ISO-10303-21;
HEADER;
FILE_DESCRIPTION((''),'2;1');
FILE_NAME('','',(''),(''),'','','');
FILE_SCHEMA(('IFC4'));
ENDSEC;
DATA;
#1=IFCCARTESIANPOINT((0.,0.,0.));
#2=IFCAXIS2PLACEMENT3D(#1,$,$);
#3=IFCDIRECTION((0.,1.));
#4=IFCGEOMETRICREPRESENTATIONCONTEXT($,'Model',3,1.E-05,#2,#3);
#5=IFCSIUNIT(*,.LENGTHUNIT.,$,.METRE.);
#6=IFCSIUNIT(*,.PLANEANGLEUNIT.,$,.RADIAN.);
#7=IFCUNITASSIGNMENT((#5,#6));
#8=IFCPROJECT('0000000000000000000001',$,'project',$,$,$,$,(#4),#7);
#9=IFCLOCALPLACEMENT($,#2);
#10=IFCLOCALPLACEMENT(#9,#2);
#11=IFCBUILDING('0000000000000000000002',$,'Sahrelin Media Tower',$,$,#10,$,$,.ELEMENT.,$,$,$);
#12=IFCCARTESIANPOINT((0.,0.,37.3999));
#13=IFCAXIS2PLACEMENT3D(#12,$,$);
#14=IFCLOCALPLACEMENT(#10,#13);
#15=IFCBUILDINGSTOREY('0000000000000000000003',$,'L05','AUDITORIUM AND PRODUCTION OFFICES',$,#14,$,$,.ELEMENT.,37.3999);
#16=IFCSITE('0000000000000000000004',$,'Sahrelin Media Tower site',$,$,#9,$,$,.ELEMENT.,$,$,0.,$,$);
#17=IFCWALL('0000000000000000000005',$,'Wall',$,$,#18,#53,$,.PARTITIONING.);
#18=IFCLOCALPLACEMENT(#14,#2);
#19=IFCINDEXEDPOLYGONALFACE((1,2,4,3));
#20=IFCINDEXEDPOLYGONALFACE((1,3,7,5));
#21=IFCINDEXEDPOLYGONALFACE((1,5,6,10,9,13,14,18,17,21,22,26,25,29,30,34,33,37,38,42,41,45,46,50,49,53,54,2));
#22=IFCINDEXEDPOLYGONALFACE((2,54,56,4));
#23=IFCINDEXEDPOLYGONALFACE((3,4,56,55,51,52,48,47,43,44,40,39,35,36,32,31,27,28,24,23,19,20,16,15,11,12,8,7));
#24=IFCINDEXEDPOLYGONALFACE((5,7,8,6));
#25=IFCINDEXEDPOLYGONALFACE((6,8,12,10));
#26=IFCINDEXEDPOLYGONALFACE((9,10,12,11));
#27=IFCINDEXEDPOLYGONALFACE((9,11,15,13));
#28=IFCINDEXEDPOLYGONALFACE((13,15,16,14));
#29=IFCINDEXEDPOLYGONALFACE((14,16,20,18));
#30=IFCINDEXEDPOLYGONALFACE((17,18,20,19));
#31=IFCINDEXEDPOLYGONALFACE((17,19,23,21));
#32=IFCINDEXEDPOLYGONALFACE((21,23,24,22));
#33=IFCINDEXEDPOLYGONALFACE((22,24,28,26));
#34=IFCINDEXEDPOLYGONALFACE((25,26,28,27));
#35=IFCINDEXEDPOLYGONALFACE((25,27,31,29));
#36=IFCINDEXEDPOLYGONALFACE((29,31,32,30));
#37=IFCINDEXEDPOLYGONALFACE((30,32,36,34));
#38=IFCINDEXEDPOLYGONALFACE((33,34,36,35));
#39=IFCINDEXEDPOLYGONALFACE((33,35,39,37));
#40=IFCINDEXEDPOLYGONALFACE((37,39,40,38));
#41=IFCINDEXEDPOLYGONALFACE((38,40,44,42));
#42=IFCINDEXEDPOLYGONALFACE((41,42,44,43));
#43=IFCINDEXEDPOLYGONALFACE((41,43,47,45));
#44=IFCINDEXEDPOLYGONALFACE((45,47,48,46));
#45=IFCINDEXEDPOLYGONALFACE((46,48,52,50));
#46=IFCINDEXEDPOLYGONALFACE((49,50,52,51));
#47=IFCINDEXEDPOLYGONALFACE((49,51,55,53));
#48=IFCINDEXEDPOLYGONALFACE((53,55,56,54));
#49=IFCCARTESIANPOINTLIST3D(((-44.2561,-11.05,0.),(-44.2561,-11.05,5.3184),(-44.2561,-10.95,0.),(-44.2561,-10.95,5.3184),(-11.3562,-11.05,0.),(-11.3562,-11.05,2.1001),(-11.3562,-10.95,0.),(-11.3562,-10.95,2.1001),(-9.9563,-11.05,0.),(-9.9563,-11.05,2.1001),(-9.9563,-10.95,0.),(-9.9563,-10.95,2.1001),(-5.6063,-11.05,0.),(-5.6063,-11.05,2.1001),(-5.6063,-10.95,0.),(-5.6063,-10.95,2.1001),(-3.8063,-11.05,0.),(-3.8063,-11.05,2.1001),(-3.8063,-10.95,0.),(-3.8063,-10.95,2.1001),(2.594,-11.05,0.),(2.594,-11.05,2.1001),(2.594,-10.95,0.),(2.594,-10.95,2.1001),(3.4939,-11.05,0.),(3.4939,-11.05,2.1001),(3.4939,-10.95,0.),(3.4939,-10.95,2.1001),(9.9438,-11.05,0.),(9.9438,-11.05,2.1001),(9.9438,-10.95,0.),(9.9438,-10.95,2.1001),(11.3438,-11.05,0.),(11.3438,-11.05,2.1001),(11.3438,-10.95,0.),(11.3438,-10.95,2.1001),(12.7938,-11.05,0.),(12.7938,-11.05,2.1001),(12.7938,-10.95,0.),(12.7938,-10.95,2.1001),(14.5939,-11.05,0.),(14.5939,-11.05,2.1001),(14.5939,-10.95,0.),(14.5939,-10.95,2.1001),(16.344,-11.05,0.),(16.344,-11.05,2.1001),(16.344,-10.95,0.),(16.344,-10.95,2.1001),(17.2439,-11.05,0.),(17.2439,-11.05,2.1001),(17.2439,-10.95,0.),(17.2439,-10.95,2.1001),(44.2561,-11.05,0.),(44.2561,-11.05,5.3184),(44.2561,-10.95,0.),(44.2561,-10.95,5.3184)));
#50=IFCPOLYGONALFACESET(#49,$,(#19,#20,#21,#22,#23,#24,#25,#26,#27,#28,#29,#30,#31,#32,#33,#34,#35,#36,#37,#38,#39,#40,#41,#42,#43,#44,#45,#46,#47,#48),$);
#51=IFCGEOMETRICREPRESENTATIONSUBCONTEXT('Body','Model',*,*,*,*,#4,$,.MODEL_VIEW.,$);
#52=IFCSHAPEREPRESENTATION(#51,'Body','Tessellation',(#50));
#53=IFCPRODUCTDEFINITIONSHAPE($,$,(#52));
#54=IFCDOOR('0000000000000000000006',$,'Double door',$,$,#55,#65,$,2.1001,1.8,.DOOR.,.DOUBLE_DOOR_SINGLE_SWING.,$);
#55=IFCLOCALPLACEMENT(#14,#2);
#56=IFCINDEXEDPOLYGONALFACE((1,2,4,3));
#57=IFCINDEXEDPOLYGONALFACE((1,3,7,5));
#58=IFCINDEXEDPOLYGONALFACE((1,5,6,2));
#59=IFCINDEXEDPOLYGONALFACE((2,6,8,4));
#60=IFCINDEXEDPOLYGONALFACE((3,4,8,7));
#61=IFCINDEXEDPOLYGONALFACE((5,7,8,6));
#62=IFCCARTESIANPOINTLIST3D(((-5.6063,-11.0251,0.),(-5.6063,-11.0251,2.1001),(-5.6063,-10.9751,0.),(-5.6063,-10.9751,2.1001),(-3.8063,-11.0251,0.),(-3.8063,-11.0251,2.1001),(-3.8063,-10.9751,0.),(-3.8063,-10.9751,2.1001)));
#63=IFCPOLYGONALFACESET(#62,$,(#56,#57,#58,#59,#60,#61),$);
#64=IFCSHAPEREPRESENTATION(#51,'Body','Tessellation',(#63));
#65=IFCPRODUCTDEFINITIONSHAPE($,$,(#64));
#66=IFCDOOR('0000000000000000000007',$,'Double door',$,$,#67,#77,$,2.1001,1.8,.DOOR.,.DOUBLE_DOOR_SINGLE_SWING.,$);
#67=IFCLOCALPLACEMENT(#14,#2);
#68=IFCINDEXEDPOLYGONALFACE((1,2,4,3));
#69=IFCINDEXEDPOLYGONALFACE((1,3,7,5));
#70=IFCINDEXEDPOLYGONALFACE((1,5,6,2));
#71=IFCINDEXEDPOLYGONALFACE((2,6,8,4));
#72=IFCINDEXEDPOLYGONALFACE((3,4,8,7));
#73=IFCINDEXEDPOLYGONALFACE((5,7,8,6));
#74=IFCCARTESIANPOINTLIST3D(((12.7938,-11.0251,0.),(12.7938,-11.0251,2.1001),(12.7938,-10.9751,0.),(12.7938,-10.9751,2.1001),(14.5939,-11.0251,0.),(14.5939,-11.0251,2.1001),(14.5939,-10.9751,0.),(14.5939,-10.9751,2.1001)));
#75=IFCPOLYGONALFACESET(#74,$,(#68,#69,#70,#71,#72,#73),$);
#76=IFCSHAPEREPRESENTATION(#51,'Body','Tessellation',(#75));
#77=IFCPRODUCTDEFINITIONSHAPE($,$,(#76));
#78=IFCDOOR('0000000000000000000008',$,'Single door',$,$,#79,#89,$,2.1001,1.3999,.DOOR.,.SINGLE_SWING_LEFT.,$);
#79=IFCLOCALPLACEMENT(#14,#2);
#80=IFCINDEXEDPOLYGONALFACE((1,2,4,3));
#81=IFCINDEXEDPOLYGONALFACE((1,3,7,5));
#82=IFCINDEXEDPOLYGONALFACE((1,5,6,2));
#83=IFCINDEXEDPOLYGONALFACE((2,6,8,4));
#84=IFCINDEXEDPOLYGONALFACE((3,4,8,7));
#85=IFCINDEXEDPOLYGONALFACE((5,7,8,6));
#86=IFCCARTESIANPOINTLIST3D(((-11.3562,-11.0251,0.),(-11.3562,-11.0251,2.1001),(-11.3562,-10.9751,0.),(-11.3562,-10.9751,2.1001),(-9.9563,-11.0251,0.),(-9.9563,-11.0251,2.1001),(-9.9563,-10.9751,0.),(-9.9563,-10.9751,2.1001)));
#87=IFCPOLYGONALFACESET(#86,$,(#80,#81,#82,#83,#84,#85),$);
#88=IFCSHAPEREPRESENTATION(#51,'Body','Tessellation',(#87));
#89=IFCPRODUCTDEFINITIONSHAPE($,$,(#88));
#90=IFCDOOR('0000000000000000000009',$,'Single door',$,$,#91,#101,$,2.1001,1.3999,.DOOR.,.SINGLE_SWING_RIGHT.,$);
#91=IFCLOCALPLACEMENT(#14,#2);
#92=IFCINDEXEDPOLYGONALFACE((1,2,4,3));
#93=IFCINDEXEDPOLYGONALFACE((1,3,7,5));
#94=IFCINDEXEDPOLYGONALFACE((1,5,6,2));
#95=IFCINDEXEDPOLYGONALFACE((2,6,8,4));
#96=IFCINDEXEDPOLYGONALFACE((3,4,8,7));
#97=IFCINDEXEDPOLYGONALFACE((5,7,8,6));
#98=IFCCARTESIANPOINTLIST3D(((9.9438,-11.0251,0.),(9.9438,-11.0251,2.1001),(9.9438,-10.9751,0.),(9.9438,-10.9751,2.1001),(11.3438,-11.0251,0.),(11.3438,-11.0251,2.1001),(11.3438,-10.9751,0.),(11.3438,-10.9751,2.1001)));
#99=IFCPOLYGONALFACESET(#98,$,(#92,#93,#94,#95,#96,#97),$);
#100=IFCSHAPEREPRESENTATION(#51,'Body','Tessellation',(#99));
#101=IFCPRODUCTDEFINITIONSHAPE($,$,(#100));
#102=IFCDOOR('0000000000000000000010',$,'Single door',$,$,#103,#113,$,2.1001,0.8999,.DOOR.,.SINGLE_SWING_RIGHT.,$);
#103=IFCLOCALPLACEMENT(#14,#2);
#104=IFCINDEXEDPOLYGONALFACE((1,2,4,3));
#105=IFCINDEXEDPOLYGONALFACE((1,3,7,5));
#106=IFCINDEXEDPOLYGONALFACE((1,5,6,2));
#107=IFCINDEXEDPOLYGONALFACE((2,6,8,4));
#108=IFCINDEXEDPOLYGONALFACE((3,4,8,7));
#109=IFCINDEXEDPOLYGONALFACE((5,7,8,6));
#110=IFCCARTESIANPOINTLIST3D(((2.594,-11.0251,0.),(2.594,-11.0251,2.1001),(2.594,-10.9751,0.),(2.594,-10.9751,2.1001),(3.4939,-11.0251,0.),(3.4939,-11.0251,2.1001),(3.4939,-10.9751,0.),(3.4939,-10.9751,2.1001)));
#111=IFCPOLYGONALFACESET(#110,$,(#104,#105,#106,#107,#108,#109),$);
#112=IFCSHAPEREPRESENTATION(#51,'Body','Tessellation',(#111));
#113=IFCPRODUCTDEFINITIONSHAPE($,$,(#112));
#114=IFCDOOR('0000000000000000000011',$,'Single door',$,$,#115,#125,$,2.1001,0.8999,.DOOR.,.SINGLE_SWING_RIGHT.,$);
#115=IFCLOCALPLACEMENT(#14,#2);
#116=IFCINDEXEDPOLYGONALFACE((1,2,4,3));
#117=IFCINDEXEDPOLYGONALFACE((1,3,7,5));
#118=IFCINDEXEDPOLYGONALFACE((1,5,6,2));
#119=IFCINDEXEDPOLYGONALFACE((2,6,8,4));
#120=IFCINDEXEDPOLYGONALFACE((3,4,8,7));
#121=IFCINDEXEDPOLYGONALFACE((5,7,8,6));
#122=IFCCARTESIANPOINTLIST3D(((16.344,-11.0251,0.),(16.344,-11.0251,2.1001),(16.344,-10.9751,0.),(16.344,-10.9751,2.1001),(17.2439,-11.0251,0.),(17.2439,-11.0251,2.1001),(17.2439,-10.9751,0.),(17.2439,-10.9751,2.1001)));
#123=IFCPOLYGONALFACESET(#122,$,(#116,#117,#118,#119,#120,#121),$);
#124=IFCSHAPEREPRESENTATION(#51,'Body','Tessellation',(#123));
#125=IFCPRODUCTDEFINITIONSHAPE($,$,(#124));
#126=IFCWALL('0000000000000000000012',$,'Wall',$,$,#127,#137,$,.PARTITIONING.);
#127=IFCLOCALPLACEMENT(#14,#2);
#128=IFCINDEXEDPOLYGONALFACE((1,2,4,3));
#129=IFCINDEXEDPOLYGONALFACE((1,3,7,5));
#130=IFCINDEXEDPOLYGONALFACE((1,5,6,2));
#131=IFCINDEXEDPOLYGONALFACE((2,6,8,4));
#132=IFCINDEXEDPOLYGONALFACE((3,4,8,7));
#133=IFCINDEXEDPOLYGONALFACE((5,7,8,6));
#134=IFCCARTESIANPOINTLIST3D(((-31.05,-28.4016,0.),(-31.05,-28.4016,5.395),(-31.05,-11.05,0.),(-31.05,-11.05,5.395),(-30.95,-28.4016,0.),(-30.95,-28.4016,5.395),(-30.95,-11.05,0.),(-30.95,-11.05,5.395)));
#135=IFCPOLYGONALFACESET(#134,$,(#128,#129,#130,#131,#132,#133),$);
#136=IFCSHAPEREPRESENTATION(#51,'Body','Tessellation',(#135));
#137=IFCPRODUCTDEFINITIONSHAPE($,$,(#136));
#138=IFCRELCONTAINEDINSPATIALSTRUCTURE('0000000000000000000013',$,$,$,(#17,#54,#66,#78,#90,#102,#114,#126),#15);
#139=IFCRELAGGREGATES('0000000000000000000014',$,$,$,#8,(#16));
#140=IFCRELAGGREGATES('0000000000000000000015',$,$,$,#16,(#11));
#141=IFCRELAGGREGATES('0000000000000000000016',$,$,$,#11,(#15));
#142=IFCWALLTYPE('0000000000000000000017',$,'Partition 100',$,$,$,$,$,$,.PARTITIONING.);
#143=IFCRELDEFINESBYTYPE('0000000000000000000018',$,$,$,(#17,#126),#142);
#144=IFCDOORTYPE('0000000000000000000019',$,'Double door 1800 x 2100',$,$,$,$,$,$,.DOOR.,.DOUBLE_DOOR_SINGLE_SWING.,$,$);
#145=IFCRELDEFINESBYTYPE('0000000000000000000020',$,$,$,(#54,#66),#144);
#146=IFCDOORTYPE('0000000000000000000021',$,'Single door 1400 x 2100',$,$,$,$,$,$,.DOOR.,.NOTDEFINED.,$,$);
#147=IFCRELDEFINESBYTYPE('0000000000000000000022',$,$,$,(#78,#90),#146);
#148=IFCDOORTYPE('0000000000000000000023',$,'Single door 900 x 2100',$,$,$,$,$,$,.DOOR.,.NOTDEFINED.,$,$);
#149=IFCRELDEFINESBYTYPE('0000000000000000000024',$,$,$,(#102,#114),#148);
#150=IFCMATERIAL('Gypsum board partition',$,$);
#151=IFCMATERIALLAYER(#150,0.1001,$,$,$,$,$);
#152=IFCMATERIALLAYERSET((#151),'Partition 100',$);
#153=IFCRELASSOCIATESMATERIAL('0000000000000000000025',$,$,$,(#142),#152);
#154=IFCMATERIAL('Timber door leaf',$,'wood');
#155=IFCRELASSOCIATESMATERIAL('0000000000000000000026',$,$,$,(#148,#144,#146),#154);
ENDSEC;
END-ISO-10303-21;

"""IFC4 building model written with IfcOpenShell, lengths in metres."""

from ifc_helpers import new_model, si_unit, direction, frame, frame_2d, origin, place, context, subcontext, project, spatial, rectangle, extrude, material, layer, layer_set, type_object, element, fill, save


model = new_model("IFC4")

# Units and contexts
model_context = context("Model", 3, precision=1e-05, world=origin(), true_north=direction((0.0, 1.0)))
body_context = subcontext(model_context, "Body", "Model", "MODEL_VIEW")
ifc_project = project(units=[si_unit("LENGTHUNIT", "METRE"), si_unit("PLANEANGLEUNIT", "RADIAN")], contexts=[model_context])

# Site, building, storey
site_placement = place(None, origin())
site = spatial("IfcSite", under=ifc_project, at=site_placement, Name="Sahrelin Media Tower site", CompositionType="ELEMENT", RefElevation=0.0)
building_placement = place(site_placement, origin())
building = spatial("IfcBuilding", under=site, at=building_placement, Name="Sahrelin Media Tower", CompositionType="ELEMENT")
storey_placement = place(building_placement, frame((0.0, 0.0, 37.3999)))
storey = spatial("IfcBuildingStorey", under=building, at=storey_placement, Name="L05", Description="AUDITORIUM AND PRODUCTION OFFICES", CompositionType="ELEMENT", Elevation=37.3999)

# Shared definitions
ifc_material_1 = material(Name="Gypsum board partition")
ifc_layer_1 = layer(ifc_material_1, 0.1001)
ifc_layer_set_1 = layer_set([ifc_layer_1], Name="Partition 100")
wall_type = type_object("IfcWallType", Name="Partition 100", PredefinedType="PARTITIONING", material=ifc_layer_set_1)

# Shared definitions
ifc_material_2 = material(Name="Timber door leaf", Category="wood")
door_type_1 = type_object("IfcDoorType", Name="Single door 900 x 2100", OperationType="NOTDEFINED", PredefinedType="DOOR", material=ifc_material_2)

# Wall, openings, doors
wall_1_placement = place(storey_placement, frame((-44.2561, -11.0, 0.0), z_axis=(0.0, 0.0, 1.0), x_axis=(1.0, 0.0, 0.0)))
wall_1 = element("IfcWall", 1, at=wall_1_placement, inside=storey, type_object=wall_type, Name="Wall", PredefinedType="PARTITIONING", context=body_context, shape_type="SweptSolid", body=[
    extrude(rectangle(XDim=88.5122, YDim=0.1001, at=frame_2d((44.2561, 0.0))), origin(), (0.0, 0.0, 1.0), 5.3184),
])
opening_1_placement = place(wall_1_placement, frame((32.8999, 0.0, 0.0)))
opening_1 = element("IfcOpeningElement", 2, at=opening_1_placement, cuts=wall_1, PredefinedType="OPENING", context=body_context, shape_type="SweptSolid", body=[
    extrude(rectangle(XDim=1.3999, YDim=2.1001, at=frame_2d((0.7, 1.05))), frame((0.0, 0.05, 0.0), z_axis=(0.0, -1.0, 0.0), x_axis=(1.0, 0.0, 0.0)), (0.0, 0.0, 1.0), 0.1001),
])
opening_2_placement = place(wall_1_placement, frame((54.2, 0.0, 0.0)))
opening_2 = element("IfcOpeningElement", 3, at=opening_2_placement, cuts=wall_1, PredefinedType="OPENING", context=body_context, shape_type="SweptSolid", body=[
    extrude(rectangle(XDim=1.3999, YDim=2.1001, at=frame_2d((0.7, 1.05))), frame((0.0, 0.05, 0.0), z_axis=(0.0, -1.0, 0.0), x_axis=(1.0, 0.0, 0.0)), (0.0, 0.0, 1.0), 0.1001),
])
opening_3_placement = place(wall_1_placement, frame((38.6499, 0.0, 0.0)))
opening_3 = element("IfcOpeningElement", 4, at=opening_3_placement, cuts=wall_1, PredefinedType="OPENING", context=body_context, shape_type="SweptSolid", body=[
    extrude(rectangle(XDim=1.8, YDim=2.1001, at=frame_2d((0.8999, 1.05))), frame((0.0, 0.05, 0.0), z_axis=(0.0, -1.0, 0.0), x_axis=(1.0, 0.0, 0.0)), (0.0, 0.0, 1.0), 0.1001),
])
opening_4_placement = place(wall_1_placement, frame((46.8501, 0.0, 0.0)))
opening_4 = element("IfcOpeningElement", 5, at=opening_4_placement, cuts=wall_1, PredefinedType="OPENING", context=body_context, shape_type="SweptSolid", body=[
    extrude(rectangle(XDim=0.8999, YDim=2.1001, at=frame_2d((0.45, 1.05))), frame((0.0, 0.05, 0.0), z_axis=(0.0, -1.0, 0.0), x_axis=(1.0, 0.0, 0.0)), (0.0, 0.0, 1.0), 0.1001),
])
opening_5_placement = place(wall_1_placement, frame((57.05, 0.0, 0.0)))
opening_5 = element("IfcOpeningElement", 6, at=opening_5_placement, cuts=wall_1, PredefinedType="OPENING", context=body_context, shape_type="SweptSolid", body=[
    extrude(rectangle(XDim=1.8, YDim=2.1001, at=frame_2d((0.8999, 1.05))), frame((0.0, 0.05, 0.0), z_axis=(0.0, -1.0, 0.0), x_axis=(1.0, 0.0, 0.0)), (0.0, 0.0, 1.0), 0.1001),
])
opening_6_placement = place(wall_1_placement, frame((60.6001, 0.0, 0.0)))
opening_6 = element("IfcOpeningElement", 7, at=opening_6_placement, cuts=wall_1, PredefinedType="OPENING", context=body_context, shape_type="SweptSolid", body=[
    extrude(rectangle(XDim=0.8999, YDim=2.1001, at=frame_2d((0.45, 1.05))), frame((0.0, 0.05, 0.0), z_axis=(0.0, -1.0, 0.0), x_axis=(1.0, 0.0, 0.0)), (0.0, 0.0, 1.0), 0.1001),
])
door_type_2 = type_object("IfcDoorType", Name="Double door 1800 x 2100", OperationType="DOUBLE_DOOR_SINGLE_SWING", PredefinedType="DOOR", material=ifc_material_2)
door_1_placement = place(opening_3_placement, origin())
door_1 = element("IfcDoor", 8, at=door_1_placement, inside=storey, type_object=door_type_2, Name="Double door", OperationType="DOUBLE_DOOR_SINGLE_SWING", OverallHeight=2.1001, OverallWidth=1.8, PredefinedType="DOOR", context=body_context, shape_type="SweptSolid", body=[
    extrude(rectangle(XDim=1.8, YDim=2.1001, at=frame_2d((0.8999, 1.05))), frame((0.0, 0.0249, 0.0), z_axis=(0.0, -1.0, 0.0), x_axis=(1.0, 0.0, 0.0)), (0.0, 0.0, 1.0), 0.05),
])
fill(opening_3, door_1)
door_2_placement = place(opening_5_placement, origin())
door_2 = element("IfcDoor", 9, at=door_2_placement, inside=storey, type_object=door_type_2, Name="Double door", OperationType="DOUBLE_DOOR_SINGLE_SWING", OverallHeight=2.1001, OverallWidth=1.8, PredefinedType="DOOR", context=body_context, shape_type="SweptSolid", body=[
    extrude(rectangle(XDim=1.8, YDim=2.1001, at=frame_2d((0.8999, 1.05))), frame((0.0, 0.0249, 0.0), z_axis=(0.0, -1.0, 0.0), x_axis=(1.0, 0.0, 0.0)), (0.0, 0.0, 1.0), 0.05),
])
fill(opening_5, door_2)
door_type_3 = type_object("IfcDoorType", Name="Single door 1400 x 2100", OperationType="NOTDEFINED", PredefinedType="DOOR", material=ifc_material_2)
door_3_placement = place(opening_1_placement, origin())
door_3 = element("IfcDoor", 10, at=door_3_placement, inside=storey, type_object=door_type_3, Name="Single door", OperationType="SINGLE_SWING_LEFT", OverallHeight=2.1001, OverallWidth=1.3999, PredefinedType="DOOR", context=body_context, shape_type="SweptSolid", body=[
    extrude(rectangle(XDim=1.3999, YDim=2.1001, at=frame_2d((0.7, 1.05))), frame((0.0, 0.0249, 0.0), z_axis=(0.0, -1.0, 0.0), x_axis=(1.0, 0.0, 0.0)), (0.0, 0.0, 1.0), 0.05),
])
fill(opening_1, door_3)
door_4_placement = place(opening_2_placement, origin())
door_4 = element("IfcDoor", 11, at=door_4_placement, inside=storey, type_object=door_type_3, Name="Single door", OperationType="SINGLE_SWING_RIGHT", OverallHeight=2.1001, OverallWidth=1.3999, PredefinedType="DOOR", context=body_context, shape_type="SweptSolid", body=[
    extrude(rectangle(XDim=1.3999, YDim=2.1001, at=frame_2d((0.7, 1.05))), frame((0.0, 0.0249, 0.0), z_axis=(0.0, -1.0, 0.0), x_axis=(1.0, 0.0, 0.0)), (0.0, 0.0, 1.0), 0.05),
])
fill(opening_2, door_4)
door_5_placement = place(opening_4_placement, origin())
door_5 = element("IfcDoor", 12, at=door_5_placement, inside=storey, type_object=door_type_1, Name="Single door", OperationType="SINGLE_SWING_RIGHT", OverallHeight=2.1001, OverallWidth=0.8999, PredefinedType="DOOR", context=body_context, shape_type="SweptSolid", body=[
    extrude(rectangle(XDim=0.8999, YDim=2.1001, at=frame_2d((0.45, 1.05))), frame((0.0, 0.0249, 0.0), z_axis=(0.0, -1.0, 0.0), x_axis=(1.0, 0.0, 0.0)), (0.0, 0.0, 1.0), 0.05),
])
fill(opening_4, door_5)
door_6_placement = place(opening_6_placement, origin())
door_6 = element("IfcDoor", 13, at=door_6_placement, inside=storey, type_object=door_type_1, Name="Single door", OperationType="SINGLE_SWING_RIGHT", OverallHeight=2.1001, OverallWidth=0.8999, PredefinedType="DOOR", context=body_context, shape_type="SweptSolid", body=[
    extrude(rectangle(XDim=0.8999, YDim=2.1001, at=frame_2d((0.45, 1.05))), frame((0.0, 0.0249, 0.0), z_axis=(0.0, -1.0, 0.0), x_axis=(1.0, 0.0, 0.0)), (0.0, 0.0, 1.0), 0.05),
])
fill(opening_6, door_6)

# Wall
wall_2_placement = place(storey_placement, frame((-31.0, -11.05, 0.0), z_axis=(0.0, 0.0, 1.0), x_axis=(0.0, -1.0, 0.0)))
element("IfcWall", 14, at=wall_2_placement, inside=storey, type_object=wall_type, Name="Wall", PredefinedType="PARTITIONING", context=body_context, shape_type="SweptSolid", body=[
    extrude(rectangle(XDim=17.3516, YDim=0.1001, at=frame_2d((8.6758, 0.0))), origin(), (0.0, 0.0, 1.0), 5.395),
])

save(model, "model.ifc")
